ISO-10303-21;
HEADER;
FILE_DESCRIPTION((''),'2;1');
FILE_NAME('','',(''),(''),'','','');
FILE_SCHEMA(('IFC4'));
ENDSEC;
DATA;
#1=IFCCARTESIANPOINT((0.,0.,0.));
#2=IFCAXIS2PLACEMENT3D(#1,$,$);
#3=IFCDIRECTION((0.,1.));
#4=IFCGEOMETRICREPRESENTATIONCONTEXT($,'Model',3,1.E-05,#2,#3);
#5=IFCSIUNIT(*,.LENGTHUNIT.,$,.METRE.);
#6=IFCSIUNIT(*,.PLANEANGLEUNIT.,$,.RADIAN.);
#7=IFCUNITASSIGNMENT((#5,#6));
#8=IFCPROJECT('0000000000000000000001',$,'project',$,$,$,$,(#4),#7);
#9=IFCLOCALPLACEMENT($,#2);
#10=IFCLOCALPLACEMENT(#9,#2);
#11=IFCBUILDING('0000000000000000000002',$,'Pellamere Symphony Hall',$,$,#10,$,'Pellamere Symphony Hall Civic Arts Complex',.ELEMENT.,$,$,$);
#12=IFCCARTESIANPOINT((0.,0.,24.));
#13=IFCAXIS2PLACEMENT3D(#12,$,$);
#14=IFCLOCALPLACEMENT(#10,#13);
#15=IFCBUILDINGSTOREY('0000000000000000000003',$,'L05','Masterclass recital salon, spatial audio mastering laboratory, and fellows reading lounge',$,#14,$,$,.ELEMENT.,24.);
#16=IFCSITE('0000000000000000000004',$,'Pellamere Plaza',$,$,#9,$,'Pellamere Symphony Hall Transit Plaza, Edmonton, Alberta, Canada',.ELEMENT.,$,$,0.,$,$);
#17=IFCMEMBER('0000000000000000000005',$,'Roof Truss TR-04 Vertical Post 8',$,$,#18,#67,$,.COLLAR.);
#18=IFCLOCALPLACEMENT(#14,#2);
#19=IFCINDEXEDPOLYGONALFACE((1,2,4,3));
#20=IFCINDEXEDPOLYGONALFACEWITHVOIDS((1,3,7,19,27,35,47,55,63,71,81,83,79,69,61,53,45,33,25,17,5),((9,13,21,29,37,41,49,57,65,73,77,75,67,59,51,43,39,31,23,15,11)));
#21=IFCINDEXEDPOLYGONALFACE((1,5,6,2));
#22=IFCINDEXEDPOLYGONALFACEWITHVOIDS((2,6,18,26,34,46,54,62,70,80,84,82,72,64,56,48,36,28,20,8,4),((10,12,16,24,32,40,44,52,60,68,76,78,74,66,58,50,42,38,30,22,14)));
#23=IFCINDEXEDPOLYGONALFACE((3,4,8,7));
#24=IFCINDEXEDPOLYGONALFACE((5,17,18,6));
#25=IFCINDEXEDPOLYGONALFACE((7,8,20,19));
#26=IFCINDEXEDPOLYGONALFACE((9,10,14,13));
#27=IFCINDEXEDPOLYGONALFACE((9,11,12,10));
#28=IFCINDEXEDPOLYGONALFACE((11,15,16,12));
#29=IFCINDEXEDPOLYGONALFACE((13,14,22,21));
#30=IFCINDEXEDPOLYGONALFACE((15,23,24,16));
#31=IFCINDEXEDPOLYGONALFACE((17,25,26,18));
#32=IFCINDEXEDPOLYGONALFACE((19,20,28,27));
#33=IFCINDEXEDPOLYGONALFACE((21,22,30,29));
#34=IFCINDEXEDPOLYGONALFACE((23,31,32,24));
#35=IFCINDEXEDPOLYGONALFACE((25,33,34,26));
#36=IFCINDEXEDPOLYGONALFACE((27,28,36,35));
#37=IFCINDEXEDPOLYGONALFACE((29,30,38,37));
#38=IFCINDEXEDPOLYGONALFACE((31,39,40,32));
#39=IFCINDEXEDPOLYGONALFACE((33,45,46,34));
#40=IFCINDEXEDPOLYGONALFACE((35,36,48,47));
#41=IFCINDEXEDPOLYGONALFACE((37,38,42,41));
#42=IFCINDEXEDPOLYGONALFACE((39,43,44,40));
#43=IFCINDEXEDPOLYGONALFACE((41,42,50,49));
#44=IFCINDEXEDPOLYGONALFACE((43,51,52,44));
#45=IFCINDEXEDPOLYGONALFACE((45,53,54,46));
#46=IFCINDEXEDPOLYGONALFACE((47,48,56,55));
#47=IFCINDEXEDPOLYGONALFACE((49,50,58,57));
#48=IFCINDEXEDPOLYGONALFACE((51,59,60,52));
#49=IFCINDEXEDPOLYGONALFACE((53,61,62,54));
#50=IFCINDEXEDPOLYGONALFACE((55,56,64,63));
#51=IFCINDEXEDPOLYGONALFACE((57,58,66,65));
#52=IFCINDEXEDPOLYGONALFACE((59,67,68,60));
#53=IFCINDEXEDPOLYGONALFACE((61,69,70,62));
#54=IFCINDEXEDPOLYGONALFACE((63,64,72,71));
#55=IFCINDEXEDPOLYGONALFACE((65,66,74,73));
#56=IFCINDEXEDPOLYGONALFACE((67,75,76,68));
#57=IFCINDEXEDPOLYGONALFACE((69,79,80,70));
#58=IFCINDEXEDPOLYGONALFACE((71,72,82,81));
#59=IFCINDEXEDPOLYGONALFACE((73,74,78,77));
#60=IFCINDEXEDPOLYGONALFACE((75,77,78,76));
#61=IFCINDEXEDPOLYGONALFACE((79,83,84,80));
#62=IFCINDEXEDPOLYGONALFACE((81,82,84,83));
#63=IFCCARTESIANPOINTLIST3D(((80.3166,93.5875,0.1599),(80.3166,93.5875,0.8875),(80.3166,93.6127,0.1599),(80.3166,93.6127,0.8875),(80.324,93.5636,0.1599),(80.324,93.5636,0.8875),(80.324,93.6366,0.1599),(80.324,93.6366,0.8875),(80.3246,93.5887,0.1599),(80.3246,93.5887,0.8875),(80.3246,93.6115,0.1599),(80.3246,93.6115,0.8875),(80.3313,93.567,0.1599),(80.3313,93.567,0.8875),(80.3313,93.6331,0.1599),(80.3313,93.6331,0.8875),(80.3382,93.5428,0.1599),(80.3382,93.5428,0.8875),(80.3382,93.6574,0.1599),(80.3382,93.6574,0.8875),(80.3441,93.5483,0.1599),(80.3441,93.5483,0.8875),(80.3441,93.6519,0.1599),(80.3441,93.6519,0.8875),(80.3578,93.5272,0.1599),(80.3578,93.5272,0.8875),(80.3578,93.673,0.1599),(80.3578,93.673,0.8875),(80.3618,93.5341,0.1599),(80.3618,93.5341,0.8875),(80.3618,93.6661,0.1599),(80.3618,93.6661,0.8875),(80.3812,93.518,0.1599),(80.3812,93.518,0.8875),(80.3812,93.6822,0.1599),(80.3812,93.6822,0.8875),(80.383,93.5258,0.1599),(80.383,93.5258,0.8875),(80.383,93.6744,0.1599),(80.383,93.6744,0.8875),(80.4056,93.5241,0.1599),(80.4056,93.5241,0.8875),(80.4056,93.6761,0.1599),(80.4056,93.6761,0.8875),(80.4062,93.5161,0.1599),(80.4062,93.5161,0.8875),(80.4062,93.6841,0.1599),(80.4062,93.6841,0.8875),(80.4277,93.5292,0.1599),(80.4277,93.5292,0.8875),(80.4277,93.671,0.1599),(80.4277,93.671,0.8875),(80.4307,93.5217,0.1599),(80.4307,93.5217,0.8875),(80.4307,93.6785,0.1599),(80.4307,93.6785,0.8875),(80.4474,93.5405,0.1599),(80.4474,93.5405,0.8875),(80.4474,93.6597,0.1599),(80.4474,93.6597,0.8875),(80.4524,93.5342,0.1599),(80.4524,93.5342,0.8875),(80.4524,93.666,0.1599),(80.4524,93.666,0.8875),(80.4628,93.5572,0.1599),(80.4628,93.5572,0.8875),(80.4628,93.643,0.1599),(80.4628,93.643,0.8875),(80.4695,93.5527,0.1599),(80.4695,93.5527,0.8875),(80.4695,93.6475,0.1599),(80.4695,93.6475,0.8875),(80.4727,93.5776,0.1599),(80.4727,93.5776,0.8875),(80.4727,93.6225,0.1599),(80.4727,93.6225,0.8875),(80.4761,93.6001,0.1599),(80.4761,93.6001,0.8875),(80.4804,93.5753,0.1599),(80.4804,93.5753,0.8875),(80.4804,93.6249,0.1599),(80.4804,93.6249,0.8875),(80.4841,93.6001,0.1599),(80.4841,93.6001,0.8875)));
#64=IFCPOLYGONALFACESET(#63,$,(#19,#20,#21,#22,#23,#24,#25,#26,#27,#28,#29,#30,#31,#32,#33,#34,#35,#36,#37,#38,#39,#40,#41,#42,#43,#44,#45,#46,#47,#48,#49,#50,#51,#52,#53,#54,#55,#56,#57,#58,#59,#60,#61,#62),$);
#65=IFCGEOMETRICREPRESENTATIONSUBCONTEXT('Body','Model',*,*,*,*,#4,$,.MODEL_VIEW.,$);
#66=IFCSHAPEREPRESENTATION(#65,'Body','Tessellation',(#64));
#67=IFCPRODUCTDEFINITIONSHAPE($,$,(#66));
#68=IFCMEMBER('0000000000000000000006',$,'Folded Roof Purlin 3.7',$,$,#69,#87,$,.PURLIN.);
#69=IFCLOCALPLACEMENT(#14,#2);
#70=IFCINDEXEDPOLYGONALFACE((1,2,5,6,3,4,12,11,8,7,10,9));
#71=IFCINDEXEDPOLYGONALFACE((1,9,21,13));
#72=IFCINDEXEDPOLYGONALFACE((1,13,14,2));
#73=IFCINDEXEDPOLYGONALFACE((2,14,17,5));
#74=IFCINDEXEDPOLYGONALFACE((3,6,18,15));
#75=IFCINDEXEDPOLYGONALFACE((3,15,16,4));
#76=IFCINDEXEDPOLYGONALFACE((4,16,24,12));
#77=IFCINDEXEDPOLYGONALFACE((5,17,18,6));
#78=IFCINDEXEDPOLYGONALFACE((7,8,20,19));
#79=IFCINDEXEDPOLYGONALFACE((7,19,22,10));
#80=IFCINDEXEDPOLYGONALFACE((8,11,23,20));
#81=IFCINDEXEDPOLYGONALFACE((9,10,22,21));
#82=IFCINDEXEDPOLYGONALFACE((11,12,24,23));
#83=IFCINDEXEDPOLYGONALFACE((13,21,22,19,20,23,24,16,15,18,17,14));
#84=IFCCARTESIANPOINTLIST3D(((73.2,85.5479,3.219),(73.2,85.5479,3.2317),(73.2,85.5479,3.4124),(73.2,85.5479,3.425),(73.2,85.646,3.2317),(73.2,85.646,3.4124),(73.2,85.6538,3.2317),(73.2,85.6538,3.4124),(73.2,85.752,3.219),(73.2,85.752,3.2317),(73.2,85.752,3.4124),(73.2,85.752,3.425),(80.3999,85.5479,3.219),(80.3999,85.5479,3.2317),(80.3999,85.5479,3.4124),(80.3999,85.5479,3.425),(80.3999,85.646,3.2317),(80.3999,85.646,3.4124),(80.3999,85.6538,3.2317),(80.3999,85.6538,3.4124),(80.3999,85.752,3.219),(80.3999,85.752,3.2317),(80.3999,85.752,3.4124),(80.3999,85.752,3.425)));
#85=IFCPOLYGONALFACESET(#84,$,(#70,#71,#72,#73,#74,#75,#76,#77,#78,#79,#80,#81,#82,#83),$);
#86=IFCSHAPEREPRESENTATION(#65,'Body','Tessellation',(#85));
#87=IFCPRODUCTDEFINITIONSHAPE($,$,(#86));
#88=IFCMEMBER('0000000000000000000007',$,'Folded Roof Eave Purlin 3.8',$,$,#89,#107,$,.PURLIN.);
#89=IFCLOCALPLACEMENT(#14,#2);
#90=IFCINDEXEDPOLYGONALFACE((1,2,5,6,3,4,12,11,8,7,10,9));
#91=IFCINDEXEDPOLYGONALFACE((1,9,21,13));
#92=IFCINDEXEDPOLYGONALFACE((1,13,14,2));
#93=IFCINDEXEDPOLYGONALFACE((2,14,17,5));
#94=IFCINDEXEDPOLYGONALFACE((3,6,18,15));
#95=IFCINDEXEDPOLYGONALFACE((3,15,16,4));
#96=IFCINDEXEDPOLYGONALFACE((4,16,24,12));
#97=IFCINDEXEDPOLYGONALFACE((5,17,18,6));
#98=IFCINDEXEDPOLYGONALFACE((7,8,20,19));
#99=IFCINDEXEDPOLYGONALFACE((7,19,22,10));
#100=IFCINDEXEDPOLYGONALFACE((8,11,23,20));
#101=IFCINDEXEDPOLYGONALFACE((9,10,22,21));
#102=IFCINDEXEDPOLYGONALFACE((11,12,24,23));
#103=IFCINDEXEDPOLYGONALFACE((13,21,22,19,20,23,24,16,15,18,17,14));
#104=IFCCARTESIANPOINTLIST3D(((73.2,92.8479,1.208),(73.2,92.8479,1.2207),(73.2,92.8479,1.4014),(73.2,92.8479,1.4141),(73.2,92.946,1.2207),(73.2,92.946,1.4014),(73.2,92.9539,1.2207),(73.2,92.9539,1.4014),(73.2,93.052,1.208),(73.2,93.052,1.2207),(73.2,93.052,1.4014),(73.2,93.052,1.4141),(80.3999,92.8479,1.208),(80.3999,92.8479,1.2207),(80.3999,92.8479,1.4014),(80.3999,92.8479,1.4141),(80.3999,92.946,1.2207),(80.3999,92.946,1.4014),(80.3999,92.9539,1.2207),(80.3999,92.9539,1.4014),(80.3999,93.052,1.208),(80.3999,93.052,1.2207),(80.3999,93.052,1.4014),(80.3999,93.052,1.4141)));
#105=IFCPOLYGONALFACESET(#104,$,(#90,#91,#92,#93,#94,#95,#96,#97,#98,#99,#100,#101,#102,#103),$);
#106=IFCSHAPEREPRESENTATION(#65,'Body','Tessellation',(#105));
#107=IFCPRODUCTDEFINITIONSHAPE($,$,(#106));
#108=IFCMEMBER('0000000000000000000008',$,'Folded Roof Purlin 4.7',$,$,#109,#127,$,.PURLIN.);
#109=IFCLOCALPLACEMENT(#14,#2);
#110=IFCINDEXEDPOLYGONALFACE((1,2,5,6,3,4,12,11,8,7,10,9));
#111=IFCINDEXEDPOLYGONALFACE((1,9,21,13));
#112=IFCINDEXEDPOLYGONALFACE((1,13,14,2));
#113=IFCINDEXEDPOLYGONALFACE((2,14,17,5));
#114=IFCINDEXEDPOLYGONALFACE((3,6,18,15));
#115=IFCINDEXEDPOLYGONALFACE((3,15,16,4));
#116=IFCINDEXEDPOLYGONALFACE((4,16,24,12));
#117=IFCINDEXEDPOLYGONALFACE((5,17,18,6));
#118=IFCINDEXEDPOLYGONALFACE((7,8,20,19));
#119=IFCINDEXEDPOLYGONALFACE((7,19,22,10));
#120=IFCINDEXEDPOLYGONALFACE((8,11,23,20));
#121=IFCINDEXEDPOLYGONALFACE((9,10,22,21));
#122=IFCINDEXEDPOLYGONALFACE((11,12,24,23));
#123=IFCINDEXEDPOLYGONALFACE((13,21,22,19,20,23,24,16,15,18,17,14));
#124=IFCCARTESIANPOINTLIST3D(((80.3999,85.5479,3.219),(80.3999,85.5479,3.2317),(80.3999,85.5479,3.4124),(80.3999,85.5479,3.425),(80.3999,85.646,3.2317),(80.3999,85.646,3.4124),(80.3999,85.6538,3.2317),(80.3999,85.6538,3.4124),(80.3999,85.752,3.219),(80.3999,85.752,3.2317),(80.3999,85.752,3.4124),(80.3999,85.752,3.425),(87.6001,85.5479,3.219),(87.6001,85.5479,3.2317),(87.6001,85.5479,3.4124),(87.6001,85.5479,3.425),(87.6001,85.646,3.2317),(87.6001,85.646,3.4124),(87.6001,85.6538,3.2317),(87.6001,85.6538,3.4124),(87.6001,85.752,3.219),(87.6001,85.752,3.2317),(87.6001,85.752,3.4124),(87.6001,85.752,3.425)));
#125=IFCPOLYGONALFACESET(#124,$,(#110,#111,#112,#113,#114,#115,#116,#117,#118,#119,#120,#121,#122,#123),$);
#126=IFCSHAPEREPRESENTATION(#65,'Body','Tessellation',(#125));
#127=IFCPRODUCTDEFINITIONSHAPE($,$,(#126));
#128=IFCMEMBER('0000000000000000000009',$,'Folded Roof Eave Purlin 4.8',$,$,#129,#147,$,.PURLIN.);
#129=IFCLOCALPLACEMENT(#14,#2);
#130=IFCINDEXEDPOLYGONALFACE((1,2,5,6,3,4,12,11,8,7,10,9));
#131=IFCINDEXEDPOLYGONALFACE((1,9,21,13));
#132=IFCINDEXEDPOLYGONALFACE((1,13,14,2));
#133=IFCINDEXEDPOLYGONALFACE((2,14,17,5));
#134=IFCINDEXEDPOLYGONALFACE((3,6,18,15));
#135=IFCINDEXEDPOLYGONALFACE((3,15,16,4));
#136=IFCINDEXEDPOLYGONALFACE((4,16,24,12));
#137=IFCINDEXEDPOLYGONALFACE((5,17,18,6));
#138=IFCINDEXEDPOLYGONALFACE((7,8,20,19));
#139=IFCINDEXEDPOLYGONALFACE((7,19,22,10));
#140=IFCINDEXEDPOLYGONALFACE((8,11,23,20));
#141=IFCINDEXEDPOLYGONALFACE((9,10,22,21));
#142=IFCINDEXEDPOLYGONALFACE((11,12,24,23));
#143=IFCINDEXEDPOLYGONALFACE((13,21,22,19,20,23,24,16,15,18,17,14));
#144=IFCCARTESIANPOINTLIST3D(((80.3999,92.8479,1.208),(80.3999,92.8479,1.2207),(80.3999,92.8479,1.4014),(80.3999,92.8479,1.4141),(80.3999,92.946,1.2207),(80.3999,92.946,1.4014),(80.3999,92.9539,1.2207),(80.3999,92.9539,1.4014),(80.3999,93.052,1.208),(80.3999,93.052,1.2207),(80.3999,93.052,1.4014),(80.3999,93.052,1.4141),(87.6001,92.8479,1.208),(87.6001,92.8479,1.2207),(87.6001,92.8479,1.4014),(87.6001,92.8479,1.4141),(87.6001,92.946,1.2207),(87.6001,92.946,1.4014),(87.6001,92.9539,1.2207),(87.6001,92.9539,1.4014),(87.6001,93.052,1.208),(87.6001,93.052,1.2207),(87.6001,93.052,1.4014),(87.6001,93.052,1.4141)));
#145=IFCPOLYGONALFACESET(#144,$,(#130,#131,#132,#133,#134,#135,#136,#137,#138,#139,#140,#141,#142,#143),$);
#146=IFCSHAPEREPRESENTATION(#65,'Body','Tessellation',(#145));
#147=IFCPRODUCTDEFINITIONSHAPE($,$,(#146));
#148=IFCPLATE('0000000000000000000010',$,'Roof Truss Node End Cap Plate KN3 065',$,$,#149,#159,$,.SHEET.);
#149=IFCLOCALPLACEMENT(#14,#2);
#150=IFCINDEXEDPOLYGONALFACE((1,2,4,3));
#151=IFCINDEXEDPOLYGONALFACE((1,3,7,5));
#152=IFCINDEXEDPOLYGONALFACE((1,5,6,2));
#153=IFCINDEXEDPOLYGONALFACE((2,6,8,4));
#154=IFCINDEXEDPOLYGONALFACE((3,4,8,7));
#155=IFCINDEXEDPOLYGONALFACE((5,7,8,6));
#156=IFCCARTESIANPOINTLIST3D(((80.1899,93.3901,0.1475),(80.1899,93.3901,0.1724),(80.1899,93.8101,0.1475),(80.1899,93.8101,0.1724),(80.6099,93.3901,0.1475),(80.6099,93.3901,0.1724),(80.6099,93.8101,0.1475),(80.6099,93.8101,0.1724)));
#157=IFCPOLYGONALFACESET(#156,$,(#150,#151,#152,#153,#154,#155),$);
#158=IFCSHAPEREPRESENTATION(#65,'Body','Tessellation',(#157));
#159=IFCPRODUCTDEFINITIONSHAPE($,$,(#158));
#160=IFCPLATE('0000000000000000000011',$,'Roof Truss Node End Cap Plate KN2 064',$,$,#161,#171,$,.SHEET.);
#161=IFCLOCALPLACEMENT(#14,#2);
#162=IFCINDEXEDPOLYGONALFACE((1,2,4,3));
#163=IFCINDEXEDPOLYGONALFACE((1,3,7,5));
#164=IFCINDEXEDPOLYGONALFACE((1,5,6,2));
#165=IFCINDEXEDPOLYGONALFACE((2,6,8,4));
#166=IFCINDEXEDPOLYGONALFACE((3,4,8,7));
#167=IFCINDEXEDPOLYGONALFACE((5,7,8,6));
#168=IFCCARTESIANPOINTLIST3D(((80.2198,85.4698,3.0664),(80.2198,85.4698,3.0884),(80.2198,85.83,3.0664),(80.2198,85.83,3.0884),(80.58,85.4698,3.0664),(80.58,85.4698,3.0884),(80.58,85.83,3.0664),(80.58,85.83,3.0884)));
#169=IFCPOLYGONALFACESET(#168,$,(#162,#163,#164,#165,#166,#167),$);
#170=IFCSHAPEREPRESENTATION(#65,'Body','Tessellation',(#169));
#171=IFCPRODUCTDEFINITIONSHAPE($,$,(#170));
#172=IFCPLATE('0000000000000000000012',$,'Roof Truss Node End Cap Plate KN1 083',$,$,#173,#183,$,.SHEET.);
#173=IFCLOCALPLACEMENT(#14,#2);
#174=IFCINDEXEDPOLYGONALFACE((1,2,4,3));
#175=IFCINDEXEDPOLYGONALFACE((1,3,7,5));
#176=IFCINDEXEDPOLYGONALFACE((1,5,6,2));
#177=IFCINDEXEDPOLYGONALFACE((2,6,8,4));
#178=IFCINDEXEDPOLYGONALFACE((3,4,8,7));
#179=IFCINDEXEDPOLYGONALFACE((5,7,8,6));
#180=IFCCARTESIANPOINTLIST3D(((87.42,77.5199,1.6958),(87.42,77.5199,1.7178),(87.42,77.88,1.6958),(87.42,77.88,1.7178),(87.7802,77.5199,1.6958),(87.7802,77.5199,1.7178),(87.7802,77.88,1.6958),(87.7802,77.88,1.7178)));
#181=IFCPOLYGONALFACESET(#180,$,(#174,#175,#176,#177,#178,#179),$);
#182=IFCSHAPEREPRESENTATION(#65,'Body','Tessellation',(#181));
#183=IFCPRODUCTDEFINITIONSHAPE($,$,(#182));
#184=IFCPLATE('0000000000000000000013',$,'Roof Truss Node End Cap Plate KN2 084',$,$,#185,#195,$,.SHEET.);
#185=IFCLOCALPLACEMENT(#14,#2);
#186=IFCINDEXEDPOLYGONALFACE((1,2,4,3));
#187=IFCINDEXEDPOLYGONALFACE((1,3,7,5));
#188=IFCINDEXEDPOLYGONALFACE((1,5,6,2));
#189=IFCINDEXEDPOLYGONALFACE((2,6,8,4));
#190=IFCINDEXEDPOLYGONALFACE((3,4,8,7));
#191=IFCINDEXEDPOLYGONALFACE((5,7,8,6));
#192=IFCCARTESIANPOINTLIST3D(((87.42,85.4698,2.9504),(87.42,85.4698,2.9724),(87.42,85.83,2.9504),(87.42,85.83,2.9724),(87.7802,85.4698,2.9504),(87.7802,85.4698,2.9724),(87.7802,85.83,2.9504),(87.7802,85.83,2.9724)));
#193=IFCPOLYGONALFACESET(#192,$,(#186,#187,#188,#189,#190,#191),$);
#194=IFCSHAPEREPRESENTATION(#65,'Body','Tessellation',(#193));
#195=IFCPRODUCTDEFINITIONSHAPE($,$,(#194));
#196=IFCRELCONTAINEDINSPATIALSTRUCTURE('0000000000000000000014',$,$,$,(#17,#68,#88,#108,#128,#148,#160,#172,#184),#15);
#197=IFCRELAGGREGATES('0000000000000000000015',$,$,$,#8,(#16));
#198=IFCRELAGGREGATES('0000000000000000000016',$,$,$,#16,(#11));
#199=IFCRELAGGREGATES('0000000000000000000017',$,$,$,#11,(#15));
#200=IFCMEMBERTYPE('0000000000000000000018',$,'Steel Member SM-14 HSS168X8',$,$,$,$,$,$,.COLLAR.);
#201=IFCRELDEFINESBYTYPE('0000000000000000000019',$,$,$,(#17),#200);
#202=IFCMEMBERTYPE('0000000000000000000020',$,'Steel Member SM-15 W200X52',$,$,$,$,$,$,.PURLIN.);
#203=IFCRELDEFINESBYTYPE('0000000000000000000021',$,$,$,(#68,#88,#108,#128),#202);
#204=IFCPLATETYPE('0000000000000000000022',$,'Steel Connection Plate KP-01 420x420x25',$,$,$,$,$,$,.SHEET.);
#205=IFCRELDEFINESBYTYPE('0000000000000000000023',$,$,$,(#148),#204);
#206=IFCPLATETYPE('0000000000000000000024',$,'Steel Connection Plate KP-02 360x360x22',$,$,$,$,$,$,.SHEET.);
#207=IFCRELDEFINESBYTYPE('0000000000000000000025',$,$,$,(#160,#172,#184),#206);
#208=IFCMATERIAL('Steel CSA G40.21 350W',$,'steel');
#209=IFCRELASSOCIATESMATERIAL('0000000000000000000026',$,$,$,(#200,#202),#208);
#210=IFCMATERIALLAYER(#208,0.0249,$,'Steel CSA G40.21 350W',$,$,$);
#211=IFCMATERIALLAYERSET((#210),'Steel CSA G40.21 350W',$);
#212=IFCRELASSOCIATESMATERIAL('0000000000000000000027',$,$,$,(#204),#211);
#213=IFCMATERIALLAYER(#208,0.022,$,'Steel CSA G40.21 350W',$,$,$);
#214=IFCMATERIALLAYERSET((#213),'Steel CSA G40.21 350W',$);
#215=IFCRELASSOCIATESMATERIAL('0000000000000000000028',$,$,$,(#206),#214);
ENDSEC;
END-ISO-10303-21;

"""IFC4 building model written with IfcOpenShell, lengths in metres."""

from ifc_helpers import new_model, si_unit, direction, frame, origin, origin_2d, place, context, subcontext, project, spatial, rectangle, hollow_circle, i_section, extrude, material, layer, layer_set, material_profile, profile_set, type_object, element, save


model = new_model("IFC4")

# Units and contexts
model_context = context("Model", 3, precision=1e-05, world=origin(), true_north=direction((0.0, 1.0)))
body_context = subcontext(model_context, "Body", "Model", "MODEL_VIEW")
ifc_project = project(units=[si_unit("LENGTHUNIT", "METRE"), si_unit("PLANEANGLEUNIT", "RADIAN")], contexts=[model_context])

# Site, building, storey
site_placement = place(None, origin())
site = spatial("IfcSite", under=ifc_project, at=site_placement, Name="Pellamere Plaza", LongName="Pellamere Symphony Hall Transit Plaza, Edmonton, Alberta, Canada", CompositionType="ELEMENT", RefElevation=0.0)
building_placement = place(site_placement, origin())
building = spatial("IfcBuilding", under=site, at=building_placement, Name="Pellamere Symphony Hall", LongName="Pellamere Symphony Hall Civic Arts Complex", CompositionType="ELEMENT")
storey_placement = place(building_placement, frame((0.0, 0.0, 24.0)))
storey = spatial("IfcBuildingStorey", under=building, at=storey_placement, Name="L05", Description="Masterclass recital salon, spatial audio mastering laboratory, and fellows reading lounge", CompositionType="ELEMENT", Elevation=24.0)

# Shared definitions
ifc_material_1 = material(Name="Steel CSA G40.21 350W", Category="steel")

# Members
ifc_material_profile_1 = material_profile(ifc_material_1, hollow_circle(Radius=0.0842, WallThickness=0.0081, at=origin_2d()), Name="HSS168X8")
ifc_profile_set_1 = profile_set([ifc_material_profile_1], Name="Steel CSA G40.21 350W")
member_type_1 = type_object("IfcMemberType", Name="Steel Member SM-14 HSS168X8", PredefinedType="COLLAR", material=ifc_profile_set_1)
member_1_placement = place(storey_placement, frame((80.3999, 93.6001, 0.1599), z_axis=(0.0, 0.0, 1.0), x_axis=(1.0, 0.0, 0.0)))
element("IfcMember", 1, at=member_1_placement, inside=storey, type_object=member_type_1, Name="Roof Truss TR-04 Vertical Post 8", PredefinedType="COLLAR", context=body_context, shape_type="SweptSolid", body=[
    extrude(hollow_circle(Radius=0.0842, WallThickness=0.0081, at=origin_2d()), origin(), (0.0, 0.0, 1.0), 0.7275),
])
ifc_material_profile_2 = material_profile(ifc_material_1, i_section(OverallWidth=0.2041, OverallDepth=0.2061, WebThickness=0.0078, FlangeThickness=0.0127, at=origin_2d()), Name="W200X52")
ifc_profile_set_2 = profile_set([ifc_material_profile_2], Name="Steel CSA G40.21 350W")
member_type_2 = type_object("IfcMemberType", Name="Steel Member SM-15 W200X52", PredefinedType="PURLIN", material=ifc_profile_set_2)
for number, where, z_axis, x_axis, name in (
    (2, (73.2, 85.6499, 3.322), (1.0, 0.0, 0.0), (0.0, 1.0, 0.0), "Folded Roof Purlin 3.7"),
    (3, (73.2, 92.95, 1.311), (1.0, 0.0, 0.0), (0.0, 1.0, 0.0), "Folded Roof Eave Purlin 3.8"),
):
    element("IfcMember", number, at=place(storey_placement, frame(where, z_axis=z_axis, x_axis=x_axis)), inside=storey, type_object=member_type_2, Name=name, PredefinedType="PURLIN", context=body_context, shape_type="SweptSolid", body=[
        extrude(i_section(OverallWidth=0.2041, OverallDepth=0.2061, WebThickness=0.0078, FlangeThickness=0.0127, at=origin_2d()), origin(), (0.0, 0.0, 1.0), 7.2),
    ])
for number, where, z_axis, x_axis, name in (
    (4, (80.3999, 85.6499, 3.322), (1.0, 0.0, 0.0), (0.0, 1.0, 0.0), "Folded Roof Purlin 4.7"),
    (5, (80.3999, 92.95, 1.311), (1.0, 0.0, 0.0), (0.0, 1.0, 0.0), "Folded Roof Eave Purlin 4.8"),
):
    element("IfcMember", number, at=place(storey_placement, frame(where, z_axis=z_axis, x_axis=x_axis)), inside=storey, type_object=member_type_2, Name=name, PredefinedType="PURLIN", context=body_context, shape_type="SweptSolid", body=[
        extrude(i_section(OverallWidth=0.2041, OverallDepth=0.2061, WebThickness=0.0078, FlangeThickness=0.0127, at=origin_2d()), origin(), (0.0, 0.0, 1.0), 7.2002),
    ])

# Plates
ifc_layer_1 = layer(ifc_material_1, 0.0249, Name="Steel CSA G40.21 350W")
ifc_layer_set_1 = layer_set([ifc_layer_1], Name="Steel CSA G40.21 350W")
plate_type_1 = type_object("IfcPlateType", Name="Steel Connection Plate KP-01 420x420x25", PredefinedType="SHEET", material=ifc_layer_set_1)
plate_placement = place(storey_placement, frame((80.3999, 93.6001, 0.1475), z_axis=(0.0, 0.0, 1.0), x_axis=(1.0, 0.0, 0.0)))
element("IfcPlate", 6, at=plate_placement, inside=storey, type_object=plate_type_1, Name="Roof Truss Node End Cap Plate KN3 065", PredefinedType="SHEET", context=body_context, shape_type="SweptSolid", body=[
    extrude(rectangle(XDim=0.4199, YDim=0.4199, at=origin_2d()), origin(), (0.0, 0.0, 1.0), 0.0249),
])
ifc_layer_2 = layer(ifc_material_1, 0.022, Name="Steel CSA G40.21 350W")
ifc_layer_set_2 = layer_set([ifc_layer_2], Name="Steel CSA G40.21 350W")
plate_type_2 = type_object("IfcPlateType", Name="Steel Connection Plate KP-02 360x360x22", PredefinedType="SHEET", material=ifc_layer_set_2)
for number, where, z_axis, x_axis, name in (
    (7, (80.3999, 85.6499, 3.0664), (0.0, 0.0, 1.0), (1.0, 0.0, 0.0), "Roof Truss Node End Cap Plate KN2 064"),
    (8, (87.6001, 77.7, 1.6958), (0.0, 0.0, 1.0), (1.0, 0.0, 0.0), "Roof Truss Node End Cap Plate KN1 083"),
    (9, (87.6001, 85.6499, 2.9504), (0.0, 0.0, 1.0), (1.0, 0.0, 0.0), "Roof Truss Node End Cap Plate KN2 084"),
):
    element("IfcPlate", number, at=place(storey_placement, frame(where, z_axis=z_axis, x_axis=x_axis)), inside=storey, type_object=plate_type_2, Name=name, PredefinedType="SHEET", context=body_context, shape_type="SweptSolid", body=[
        extrude(rectangle(XDim=0.3601, YDim=0.3601, at=origin_2d()), origin(), (0.0, 0.0, 1.0), 0.022),
    ])

save(model, "model.ifc")
